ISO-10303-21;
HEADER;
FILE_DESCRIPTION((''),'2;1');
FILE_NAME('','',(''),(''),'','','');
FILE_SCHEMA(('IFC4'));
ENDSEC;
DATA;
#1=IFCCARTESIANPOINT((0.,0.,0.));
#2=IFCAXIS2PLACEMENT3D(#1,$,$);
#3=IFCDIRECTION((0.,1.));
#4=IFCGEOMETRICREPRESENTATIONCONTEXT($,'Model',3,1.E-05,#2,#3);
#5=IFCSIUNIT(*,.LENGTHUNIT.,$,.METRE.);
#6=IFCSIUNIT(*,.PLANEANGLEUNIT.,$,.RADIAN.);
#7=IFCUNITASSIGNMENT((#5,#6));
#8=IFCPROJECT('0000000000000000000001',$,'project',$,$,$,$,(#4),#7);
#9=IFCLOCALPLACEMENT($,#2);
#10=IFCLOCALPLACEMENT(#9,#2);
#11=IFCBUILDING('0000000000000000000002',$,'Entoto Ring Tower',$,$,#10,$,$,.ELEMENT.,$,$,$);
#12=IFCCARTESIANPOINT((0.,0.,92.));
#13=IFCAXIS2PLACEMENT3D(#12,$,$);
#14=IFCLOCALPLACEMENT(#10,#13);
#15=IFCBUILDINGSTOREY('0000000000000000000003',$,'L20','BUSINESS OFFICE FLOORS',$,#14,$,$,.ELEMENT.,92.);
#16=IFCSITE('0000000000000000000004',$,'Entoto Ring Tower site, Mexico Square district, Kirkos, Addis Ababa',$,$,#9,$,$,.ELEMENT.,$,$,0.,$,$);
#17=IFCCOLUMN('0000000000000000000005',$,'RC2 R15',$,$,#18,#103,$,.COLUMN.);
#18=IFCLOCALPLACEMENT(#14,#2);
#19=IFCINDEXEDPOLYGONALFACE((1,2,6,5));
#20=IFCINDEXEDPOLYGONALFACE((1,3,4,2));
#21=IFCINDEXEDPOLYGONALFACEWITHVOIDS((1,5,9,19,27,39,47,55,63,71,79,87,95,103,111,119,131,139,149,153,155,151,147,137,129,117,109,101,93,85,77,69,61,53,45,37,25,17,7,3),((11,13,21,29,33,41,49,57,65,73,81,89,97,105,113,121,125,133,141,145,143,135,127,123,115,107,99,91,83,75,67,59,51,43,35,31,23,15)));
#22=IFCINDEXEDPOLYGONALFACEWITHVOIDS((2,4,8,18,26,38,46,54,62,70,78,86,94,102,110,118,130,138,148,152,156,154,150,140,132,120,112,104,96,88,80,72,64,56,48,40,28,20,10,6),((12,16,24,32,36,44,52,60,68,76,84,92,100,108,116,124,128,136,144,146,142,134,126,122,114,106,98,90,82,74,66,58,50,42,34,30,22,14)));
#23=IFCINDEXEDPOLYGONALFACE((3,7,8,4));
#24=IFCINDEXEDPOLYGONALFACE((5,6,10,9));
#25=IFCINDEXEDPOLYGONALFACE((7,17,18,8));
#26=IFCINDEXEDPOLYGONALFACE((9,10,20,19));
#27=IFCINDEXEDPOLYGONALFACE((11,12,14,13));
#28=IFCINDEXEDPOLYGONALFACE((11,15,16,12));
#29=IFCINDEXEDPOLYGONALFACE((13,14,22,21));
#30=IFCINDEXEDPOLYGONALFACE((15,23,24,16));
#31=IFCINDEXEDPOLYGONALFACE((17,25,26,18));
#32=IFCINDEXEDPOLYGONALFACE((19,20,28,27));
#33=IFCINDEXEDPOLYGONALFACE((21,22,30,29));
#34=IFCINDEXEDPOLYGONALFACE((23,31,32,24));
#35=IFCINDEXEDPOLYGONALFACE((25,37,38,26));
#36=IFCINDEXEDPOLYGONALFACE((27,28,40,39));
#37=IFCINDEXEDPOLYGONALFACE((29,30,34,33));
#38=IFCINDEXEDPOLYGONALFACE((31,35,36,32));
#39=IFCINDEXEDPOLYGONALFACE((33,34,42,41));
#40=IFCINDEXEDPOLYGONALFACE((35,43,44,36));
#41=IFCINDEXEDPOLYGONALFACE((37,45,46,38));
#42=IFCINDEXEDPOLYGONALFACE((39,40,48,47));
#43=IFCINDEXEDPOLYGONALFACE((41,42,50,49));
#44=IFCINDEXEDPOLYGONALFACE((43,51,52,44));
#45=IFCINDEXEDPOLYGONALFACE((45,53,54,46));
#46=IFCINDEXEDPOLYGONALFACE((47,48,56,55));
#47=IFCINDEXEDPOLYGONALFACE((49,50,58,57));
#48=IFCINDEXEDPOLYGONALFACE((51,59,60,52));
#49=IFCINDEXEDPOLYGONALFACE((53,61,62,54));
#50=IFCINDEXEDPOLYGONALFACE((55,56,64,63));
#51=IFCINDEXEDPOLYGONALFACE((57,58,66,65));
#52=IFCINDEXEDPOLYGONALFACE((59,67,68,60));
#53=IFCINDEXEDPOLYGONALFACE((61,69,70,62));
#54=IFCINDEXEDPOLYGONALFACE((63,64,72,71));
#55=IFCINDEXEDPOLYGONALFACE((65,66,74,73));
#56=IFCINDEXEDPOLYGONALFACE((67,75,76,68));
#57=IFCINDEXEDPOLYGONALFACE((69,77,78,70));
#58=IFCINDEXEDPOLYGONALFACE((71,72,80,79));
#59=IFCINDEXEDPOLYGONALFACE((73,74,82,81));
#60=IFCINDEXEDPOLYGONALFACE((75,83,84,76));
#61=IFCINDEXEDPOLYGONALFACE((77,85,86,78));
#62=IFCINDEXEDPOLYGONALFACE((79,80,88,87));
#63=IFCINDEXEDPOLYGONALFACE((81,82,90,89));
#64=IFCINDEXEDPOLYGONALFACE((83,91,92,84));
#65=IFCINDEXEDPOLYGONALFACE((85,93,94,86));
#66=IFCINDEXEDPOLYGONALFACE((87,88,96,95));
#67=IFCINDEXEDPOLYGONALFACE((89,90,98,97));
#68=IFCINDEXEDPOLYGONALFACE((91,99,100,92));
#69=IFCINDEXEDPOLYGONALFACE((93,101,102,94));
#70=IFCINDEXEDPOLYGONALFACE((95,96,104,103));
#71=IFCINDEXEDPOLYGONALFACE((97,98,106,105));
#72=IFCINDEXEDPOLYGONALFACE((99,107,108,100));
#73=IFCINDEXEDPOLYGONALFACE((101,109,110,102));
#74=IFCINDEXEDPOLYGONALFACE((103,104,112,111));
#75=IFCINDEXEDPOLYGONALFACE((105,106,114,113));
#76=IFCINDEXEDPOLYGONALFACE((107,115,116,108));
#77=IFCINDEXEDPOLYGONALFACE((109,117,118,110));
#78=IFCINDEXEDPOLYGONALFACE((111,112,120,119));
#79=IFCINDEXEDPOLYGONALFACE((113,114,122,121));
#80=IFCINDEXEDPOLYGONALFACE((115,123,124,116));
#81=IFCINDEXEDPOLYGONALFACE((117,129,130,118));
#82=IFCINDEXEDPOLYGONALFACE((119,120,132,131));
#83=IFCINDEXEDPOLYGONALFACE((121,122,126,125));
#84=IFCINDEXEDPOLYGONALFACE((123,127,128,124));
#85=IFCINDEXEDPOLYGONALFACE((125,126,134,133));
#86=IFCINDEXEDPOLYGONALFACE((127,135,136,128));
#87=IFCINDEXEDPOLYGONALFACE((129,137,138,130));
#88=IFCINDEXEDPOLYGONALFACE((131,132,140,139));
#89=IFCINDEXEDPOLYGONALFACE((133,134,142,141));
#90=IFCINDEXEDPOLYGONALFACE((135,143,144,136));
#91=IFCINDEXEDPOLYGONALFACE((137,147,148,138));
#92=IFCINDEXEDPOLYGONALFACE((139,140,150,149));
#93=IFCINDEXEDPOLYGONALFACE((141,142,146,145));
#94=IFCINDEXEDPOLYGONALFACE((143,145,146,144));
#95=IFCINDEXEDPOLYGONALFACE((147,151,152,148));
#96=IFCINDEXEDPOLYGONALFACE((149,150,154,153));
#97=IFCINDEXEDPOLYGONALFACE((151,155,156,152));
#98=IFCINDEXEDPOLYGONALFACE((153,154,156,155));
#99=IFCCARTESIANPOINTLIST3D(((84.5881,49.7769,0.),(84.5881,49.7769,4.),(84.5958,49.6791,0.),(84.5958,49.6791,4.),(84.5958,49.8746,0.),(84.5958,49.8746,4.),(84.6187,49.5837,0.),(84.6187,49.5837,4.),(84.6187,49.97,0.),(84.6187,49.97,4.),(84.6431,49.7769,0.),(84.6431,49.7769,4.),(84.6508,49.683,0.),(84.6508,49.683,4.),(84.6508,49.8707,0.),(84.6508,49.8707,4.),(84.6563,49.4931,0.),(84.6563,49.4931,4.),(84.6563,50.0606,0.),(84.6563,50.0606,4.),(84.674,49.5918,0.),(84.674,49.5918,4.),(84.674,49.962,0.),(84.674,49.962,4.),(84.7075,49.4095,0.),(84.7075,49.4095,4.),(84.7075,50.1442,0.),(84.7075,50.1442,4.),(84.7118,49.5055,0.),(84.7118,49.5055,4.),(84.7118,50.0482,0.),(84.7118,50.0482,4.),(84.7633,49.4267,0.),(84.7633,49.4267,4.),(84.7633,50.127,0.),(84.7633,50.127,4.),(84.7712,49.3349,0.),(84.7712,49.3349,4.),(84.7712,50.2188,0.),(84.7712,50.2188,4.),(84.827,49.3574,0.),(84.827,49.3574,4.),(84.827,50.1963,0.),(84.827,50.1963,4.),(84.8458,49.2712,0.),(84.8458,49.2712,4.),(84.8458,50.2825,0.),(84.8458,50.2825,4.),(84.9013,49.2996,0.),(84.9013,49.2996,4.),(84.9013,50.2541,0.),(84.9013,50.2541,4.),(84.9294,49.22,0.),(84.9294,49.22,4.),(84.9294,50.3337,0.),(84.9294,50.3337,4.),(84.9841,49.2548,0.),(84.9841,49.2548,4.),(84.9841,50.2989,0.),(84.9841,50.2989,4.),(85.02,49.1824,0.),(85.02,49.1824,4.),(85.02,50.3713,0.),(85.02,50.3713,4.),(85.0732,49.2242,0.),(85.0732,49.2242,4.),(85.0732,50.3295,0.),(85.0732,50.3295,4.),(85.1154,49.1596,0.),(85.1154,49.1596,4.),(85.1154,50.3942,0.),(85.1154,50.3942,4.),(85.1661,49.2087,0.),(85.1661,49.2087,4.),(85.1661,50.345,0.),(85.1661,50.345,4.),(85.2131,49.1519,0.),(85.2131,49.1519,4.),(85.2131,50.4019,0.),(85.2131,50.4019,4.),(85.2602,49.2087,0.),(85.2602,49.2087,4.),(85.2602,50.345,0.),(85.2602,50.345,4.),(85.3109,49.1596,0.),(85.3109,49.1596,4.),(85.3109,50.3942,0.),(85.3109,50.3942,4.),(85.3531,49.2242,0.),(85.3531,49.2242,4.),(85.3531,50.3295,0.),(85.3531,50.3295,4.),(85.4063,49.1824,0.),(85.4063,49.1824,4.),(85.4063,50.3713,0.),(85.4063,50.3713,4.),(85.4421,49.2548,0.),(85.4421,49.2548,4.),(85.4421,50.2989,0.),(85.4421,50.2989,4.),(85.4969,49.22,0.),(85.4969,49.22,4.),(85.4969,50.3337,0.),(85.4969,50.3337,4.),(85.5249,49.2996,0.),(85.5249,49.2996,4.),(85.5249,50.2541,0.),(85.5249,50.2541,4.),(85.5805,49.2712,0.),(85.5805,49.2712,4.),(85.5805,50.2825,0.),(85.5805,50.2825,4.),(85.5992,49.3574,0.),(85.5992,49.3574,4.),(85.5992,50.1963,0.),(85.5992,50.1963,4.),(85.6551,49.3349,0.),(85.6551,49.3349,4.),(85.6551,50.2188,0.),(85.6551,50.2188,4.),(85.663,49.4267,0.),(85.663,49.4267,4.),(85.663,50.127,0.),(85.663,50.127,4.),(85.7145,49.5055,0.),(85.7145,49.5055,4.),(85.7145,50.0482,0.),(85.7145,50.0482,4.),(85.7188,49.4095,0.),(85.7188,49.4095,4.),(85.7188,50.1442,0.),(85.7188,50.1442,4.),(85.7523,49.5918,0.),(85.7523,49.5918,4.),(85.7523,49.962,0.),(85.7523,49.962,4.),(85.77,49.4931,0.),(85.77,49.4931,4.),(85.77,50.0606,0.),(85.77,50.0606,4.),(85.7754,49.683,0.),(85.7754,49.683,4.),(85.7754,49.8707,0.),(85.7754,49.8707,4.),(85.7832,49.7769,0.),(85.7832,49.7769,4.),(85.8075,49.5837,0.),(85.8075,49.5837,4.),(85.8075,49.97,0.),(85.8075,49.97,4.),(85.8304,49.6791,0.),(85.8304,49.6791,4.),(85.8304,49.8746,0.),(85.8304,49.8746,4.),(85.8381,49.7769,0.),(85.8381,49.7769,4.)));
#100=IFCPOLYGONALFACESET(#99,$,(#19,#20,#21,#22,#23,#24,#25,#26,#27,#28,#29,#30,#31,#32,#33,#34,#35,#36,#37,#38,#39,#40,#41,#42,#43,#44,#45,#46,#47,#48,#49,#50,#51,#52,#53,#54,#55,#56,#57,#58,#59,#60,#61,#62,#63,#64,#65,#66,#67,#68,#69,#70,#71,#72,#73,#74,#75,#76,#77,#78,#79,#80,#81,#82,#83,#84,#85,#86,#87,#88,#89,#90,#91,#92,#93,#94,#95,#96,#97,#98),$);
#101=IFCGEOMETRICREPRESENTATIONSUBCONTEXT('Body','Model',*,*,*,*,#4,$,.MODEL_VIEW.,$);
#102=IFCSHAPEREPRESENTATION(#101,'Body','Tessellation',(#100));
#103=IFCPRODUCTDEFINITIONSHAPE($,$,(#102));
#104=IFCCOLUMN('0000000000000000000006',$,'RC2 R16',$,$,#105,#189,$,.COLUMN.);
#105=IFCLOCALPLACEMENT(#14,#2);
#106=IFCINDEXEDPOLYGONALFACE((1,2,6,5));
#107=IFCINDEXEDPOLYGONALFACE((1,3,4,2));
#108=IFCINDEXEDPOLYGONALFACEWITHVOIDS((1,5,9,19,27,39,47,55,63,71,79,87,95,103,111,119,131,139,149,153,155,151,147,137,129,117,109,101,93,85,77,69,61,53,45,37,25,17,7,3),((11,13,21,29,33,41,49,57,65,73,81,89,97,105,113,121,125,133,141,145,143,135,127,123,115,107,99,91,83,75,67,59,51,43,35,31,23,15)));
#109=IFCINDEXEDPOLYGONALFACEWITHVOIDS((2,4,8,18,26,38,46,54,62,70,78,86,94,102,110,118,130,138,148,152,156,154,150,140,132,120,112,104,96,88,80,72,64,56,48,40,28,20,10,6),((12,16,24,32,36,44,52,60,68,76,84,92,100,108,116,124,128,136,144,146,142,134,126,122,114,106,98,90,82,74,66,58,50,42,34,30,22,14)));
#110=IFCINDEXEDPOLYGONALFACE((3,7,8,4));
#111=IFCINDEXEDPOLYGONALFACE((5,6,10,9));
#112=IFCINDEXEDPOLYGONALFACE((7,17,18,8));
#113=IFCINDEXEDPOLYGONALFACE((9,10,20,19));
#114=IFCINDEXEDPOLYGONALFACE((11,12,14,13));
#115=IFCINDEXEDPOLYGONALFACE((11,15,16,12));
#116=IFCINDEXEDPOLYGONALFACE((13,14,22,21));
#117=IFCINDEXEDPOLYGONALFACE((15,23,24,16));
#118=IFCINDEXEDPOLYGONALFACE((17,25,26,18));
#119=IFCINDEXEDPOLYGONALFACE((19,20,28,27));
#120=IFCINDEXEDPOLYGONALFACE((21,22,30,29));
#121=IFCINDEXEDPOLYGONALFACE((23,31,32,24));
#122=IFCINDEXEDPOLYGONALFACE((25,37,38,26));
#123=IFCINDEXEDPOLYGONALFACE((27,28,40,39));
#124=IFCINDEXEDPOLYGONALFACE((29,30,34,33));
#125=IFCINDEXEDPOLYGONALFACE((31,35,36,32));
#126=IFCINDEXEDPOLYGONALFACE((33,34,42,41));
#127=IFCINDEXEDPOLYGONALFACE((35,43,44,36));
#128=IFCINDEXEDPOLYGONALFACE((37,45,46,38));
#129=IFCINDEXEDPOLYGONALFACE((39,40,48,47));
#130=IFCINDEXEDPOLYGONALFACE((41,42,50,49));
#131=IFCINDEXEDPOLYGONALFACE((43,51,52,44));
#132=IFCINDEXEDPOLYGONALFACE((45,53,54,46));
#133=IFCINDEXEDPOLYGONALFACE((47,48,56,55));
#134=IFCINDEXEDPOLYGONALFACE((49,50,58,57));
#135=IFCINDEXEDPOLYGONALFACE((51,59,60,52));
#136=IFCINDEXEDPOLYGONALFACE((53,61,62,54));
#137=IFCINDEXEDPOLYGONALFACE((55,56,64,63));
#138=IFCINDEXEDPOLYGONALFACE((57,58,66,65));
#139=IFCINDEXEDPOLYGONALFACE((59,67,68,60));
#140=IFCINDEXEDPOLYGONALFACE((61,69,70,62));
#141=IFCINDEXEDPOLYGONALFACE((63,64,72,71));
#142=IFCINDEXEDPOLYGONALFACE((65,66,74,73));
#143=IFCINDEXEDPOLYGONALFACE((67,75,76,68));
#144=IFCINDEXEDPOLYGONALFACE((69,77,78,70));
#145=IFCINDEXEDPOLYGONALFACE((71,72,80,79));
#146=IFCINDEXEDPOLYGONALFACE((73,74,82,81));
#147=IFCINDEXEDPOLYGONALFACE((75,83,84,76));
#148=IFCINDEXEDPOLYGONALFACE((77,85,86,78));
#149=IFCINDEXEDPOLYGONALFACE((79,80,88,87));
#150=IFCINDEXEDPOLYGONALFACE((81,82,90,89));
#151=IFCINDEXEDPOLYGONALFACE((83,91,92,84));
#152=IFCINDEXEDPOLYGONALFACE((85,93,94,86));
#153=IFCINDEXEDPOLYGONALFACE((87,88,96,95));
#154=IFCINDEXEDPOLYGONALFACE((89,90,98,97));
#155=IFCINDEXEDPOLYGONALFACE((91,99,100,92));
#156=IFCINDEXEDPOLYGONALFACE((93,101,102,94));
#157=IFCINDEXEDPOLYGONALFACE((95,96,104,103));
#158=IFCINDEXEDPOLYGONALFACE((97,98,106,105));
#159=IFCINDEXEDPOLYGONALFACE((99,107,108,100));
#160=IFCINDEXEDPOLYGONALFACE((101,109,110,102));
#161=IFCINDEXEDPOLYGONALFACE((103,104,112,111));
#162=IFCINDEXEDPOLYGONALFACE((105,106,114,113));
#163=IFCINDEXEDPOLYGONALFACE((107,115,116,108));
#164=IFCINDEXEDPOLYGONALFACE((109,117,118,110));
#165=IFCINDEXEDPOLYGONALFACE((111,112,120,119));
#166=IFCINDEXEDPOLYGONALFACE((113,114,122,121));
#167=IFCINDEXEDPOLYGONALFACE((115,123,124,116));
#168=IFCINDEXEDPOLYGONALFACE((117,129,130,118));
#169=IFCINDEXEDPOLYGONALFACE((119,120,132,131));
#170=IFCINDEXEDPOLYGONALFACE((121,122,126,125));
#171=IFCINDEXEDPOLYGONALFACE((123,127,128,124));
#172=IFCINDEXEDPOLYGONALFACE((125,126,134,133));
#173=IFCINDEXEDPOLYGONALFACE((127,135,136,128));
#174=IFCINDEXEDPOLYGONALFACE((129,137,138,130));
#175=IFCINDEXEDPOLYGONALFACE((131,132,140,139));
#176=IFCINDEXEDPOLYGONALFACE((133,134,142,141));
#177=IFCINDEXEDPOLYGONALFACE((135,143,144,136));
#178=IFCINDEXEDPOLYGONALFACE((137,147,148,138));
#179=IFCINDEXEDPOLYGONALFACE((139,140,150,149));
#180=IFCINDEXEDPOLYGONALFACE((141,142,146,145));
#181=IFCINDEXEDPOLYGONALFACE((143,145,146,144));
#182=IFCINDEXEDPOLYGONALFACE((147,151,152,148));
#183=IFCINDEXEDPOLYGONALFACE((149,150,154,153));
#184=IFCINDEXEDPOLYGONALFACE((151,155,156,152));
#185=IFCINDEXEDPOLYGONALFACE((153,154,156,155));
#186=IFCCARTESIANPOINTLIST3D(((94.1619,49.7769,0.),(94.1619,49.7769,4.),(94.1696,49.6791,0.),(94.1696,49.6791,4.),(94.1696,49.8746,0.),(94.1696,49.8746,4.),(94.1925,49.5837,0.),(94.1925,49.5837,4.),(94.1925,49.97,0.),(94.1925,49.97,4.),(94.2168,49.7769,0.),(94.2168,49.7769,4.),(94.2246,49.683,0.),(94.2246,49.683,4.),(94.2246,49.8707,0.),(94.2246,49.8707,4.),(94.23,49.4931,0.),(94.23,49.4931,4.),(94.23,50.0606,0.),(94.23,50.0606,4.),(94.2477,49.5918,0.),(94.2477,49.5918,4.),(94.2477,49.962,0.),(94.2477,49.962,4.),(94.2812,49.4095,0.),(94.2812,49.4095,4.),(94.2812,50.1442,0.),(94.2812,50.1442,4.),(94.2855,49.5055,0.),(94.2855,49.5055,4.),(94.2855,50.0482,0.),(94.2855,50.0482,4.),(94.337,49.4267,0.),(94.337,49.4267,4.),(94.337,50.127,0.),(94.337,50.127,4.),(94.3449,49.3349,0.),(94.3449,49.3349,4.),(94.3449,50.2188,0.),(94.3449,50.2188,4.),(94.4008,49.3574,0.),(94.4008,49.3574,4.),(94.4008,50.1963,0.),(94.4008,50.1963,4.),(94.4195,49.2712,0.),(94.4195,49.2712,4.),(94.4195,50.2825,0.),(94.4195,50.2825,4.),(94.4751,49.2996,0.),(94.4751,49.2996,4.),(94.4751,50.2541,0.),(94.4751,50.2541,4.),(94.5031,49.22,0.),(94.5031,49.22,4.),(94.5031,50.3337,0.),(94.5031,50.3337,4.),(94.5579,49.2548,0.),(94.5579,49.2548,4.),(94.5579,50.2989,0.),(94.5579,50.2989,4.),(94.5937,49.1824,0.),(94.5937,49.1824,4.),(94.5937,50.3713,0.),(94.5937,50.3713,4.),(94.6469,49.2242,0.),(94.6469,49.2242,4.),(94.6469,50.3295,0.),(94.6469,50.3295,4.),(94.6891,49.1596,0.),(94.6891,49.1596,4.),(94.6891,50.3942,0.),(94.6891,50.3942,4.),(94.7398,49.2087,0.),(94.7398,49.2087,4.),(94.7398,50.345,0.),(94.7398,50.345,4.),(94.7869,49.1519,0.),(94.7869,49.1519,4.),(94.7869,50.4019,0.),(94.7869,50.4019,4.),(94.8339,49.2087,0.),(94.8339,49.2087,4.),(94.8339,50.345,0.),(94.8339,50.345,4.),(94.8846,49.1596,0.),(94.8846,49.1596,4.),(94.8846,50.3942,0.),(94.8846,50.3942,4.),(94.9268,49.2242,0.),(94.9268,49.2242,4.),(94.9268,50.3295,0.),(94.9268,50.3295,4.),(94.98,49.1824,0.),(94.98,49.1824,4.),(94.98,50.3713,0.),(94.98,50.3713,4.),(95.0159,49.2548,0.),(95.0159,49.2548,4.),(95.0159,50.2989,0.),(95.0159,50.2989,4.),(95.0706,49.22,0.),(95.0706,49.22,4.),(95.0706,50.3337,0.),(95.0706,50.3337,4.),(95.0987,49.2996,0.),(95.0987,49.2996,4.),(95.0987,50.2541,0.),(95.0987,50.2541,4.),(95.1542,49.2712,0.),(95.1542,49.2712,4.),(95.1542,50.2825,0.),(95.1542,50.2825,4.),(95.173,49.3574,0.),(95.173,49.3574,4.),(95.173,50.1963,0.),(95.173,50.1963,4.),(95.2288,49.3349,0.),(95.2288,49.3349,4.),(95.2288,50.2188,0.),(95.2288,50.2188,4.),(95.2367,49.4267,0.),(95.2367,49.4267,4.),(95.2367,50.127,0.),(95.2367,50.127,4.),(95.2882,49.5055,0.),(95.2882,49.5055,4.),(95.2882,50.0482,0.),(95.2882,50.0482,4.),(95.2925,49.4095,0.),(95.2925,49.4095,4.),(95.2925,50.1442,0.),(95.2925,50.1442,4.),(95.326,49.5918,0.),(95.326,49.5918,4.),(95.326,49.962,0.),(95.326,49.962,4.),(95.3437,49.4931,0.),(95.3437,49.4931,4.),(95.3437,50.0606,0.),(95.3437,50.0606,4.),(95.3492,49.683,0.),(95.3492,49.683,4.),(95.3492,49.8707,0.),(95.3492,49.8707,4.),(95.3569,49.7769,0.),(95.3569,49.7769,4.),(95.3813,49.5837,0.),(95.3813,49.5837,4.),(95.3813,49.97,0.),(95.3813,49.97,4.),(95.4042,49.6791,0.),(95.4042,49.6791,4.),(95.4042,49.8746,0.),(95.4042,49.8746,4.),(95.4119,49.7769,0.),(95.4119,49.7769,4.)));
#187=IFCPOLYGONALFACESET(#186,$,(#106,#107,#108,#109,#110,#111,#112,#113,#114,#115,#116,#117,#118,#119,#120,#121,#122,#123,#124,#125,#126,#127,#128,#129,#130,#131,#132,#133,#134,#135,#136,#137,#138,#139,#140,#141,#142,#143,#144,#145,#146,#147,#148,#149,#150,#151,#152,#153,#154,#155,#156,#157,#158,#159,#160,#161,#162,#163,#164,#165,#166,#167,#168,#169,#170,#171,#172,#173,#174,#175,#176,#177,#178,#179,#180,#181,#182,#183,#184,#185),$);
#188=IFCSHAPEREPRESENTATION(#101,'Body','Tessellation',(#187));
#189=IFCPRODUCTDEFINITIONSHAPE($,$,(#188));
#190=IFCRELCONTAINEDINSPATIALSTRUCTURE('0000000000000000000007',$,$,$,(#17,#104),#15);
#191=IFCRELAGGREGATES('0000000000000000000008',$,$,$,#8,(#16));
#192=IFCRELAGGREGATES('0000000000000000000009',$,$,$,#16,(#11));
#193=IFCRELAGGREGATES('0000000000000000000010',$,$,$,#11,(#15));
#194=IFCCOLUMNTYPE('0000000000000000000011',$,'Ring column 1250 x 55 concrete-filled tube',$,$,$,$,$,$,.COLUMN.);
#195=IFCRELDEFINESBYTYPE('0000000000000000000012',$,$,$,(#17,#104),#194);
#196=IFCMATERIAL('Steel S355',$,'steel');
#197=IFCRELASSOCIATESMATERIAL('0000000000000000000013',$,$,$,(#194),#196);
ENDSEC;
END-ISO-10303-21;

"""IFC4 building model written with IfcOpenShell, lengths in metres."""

from ifc_helpers import new_model, si_unit, direction, frame, origin, origin_2d, place, context, subcontext, project, spatial, circle, hollow_circle, extrude, material, material_profile, profile_set, type_object, element, save


model = new_model("IFC4")

# Units and contexts
model_context = context("Model", 3, precision=1e-05, world=origin(), true_north=direction((0.0, 1.0)))
body_context = subcontext(model_context, "Body", "Model", "MODEL_VIEW")
ifc_project = project(units=[si_unit("LENGTHUNIT", "METRE"), si_unit("PLANEANGLEUNIT", "RADIAN")], contexts=[model_context])

# Site, building, storey
site_placement = place(None, origin())
site = spatial("IfcSite", under=ifc_project, at=site_placement, Name="Entoto Ring Tower site, Mexico Square district, Kirkos, Addis Ababa", CompositionType="ELEMENT", RefElevation=0.0)
building_placement = place(site_placement, origin())
building = spatial("IfcBuilding", under=site, at=building_placement, Name="Entoto Ring Tower", CompositionType="ELEMENT")
storey_placement = place(building_placement, frame((0.0, 0.0, 92.0)))
storey = spatial("IfcBuildingStorey", under=building, at=storey_placement, Name="L20", Description="BUSINESS OFFICE FLOORS", CompositionType="ELEMENT", Elevation=92.0)

# Columns
ifc_material_1 = material(Name="Steel S355", Category="steel")
ifc_material_profile_1 = material_profile(ifc_material_1, hollow_circle(Radius=0.625, WallThickness=0.0549, at=origin_2d()), Name="CHS 1250 x 55")
ifc_material_2 = material(Name="Concrete C60/75", Category="concrete")
ifc_material_profile_2 = material_profile(ifc_material_2, circle(Radius=0.5701, at=origin_2d()), Name="Concrete C60/75 infill")
ifc_profile_set_1 = profile_set([ifc_material_profile_1, ifc_material_profile_2], Name="Steel S355")
column_type = type_object("IfcColumnType", Name="Ring column 1250 x 55 concrete-filled tube", PredefinedType="COLUMN", material=ifc_profile_set_1)
for number, where, z_axis, x_axis, name in (
    (1, (85.2131, 49.7769, 0.0), (0.0, 0.0, 1.0), (1.0, 0.0, 0.0), "RC2 R15"),
    (2, (94.7869, 49.7769, 0.0), (0.0, 0.0, 1.0), (1.0, 0.0, 0.0), "RC2 R16"),
):
    element("IfcColumn", number, at=place(storey_placement, frame(where, z_axis=z_axis, x_axis=x_axis)), inside=storey, type_object=column_type, Name=name, PredefinedType="COLUMN", context=body_context, shape_type="SweptSolid", body=[
        extrude(hollow_circle(Radius=0.625, WallThickness=0.0549, at=origin_2d()), origin(), (0.0, 0.0, 1.0), 4.0),
    ])

save(model, "model.ifc")
